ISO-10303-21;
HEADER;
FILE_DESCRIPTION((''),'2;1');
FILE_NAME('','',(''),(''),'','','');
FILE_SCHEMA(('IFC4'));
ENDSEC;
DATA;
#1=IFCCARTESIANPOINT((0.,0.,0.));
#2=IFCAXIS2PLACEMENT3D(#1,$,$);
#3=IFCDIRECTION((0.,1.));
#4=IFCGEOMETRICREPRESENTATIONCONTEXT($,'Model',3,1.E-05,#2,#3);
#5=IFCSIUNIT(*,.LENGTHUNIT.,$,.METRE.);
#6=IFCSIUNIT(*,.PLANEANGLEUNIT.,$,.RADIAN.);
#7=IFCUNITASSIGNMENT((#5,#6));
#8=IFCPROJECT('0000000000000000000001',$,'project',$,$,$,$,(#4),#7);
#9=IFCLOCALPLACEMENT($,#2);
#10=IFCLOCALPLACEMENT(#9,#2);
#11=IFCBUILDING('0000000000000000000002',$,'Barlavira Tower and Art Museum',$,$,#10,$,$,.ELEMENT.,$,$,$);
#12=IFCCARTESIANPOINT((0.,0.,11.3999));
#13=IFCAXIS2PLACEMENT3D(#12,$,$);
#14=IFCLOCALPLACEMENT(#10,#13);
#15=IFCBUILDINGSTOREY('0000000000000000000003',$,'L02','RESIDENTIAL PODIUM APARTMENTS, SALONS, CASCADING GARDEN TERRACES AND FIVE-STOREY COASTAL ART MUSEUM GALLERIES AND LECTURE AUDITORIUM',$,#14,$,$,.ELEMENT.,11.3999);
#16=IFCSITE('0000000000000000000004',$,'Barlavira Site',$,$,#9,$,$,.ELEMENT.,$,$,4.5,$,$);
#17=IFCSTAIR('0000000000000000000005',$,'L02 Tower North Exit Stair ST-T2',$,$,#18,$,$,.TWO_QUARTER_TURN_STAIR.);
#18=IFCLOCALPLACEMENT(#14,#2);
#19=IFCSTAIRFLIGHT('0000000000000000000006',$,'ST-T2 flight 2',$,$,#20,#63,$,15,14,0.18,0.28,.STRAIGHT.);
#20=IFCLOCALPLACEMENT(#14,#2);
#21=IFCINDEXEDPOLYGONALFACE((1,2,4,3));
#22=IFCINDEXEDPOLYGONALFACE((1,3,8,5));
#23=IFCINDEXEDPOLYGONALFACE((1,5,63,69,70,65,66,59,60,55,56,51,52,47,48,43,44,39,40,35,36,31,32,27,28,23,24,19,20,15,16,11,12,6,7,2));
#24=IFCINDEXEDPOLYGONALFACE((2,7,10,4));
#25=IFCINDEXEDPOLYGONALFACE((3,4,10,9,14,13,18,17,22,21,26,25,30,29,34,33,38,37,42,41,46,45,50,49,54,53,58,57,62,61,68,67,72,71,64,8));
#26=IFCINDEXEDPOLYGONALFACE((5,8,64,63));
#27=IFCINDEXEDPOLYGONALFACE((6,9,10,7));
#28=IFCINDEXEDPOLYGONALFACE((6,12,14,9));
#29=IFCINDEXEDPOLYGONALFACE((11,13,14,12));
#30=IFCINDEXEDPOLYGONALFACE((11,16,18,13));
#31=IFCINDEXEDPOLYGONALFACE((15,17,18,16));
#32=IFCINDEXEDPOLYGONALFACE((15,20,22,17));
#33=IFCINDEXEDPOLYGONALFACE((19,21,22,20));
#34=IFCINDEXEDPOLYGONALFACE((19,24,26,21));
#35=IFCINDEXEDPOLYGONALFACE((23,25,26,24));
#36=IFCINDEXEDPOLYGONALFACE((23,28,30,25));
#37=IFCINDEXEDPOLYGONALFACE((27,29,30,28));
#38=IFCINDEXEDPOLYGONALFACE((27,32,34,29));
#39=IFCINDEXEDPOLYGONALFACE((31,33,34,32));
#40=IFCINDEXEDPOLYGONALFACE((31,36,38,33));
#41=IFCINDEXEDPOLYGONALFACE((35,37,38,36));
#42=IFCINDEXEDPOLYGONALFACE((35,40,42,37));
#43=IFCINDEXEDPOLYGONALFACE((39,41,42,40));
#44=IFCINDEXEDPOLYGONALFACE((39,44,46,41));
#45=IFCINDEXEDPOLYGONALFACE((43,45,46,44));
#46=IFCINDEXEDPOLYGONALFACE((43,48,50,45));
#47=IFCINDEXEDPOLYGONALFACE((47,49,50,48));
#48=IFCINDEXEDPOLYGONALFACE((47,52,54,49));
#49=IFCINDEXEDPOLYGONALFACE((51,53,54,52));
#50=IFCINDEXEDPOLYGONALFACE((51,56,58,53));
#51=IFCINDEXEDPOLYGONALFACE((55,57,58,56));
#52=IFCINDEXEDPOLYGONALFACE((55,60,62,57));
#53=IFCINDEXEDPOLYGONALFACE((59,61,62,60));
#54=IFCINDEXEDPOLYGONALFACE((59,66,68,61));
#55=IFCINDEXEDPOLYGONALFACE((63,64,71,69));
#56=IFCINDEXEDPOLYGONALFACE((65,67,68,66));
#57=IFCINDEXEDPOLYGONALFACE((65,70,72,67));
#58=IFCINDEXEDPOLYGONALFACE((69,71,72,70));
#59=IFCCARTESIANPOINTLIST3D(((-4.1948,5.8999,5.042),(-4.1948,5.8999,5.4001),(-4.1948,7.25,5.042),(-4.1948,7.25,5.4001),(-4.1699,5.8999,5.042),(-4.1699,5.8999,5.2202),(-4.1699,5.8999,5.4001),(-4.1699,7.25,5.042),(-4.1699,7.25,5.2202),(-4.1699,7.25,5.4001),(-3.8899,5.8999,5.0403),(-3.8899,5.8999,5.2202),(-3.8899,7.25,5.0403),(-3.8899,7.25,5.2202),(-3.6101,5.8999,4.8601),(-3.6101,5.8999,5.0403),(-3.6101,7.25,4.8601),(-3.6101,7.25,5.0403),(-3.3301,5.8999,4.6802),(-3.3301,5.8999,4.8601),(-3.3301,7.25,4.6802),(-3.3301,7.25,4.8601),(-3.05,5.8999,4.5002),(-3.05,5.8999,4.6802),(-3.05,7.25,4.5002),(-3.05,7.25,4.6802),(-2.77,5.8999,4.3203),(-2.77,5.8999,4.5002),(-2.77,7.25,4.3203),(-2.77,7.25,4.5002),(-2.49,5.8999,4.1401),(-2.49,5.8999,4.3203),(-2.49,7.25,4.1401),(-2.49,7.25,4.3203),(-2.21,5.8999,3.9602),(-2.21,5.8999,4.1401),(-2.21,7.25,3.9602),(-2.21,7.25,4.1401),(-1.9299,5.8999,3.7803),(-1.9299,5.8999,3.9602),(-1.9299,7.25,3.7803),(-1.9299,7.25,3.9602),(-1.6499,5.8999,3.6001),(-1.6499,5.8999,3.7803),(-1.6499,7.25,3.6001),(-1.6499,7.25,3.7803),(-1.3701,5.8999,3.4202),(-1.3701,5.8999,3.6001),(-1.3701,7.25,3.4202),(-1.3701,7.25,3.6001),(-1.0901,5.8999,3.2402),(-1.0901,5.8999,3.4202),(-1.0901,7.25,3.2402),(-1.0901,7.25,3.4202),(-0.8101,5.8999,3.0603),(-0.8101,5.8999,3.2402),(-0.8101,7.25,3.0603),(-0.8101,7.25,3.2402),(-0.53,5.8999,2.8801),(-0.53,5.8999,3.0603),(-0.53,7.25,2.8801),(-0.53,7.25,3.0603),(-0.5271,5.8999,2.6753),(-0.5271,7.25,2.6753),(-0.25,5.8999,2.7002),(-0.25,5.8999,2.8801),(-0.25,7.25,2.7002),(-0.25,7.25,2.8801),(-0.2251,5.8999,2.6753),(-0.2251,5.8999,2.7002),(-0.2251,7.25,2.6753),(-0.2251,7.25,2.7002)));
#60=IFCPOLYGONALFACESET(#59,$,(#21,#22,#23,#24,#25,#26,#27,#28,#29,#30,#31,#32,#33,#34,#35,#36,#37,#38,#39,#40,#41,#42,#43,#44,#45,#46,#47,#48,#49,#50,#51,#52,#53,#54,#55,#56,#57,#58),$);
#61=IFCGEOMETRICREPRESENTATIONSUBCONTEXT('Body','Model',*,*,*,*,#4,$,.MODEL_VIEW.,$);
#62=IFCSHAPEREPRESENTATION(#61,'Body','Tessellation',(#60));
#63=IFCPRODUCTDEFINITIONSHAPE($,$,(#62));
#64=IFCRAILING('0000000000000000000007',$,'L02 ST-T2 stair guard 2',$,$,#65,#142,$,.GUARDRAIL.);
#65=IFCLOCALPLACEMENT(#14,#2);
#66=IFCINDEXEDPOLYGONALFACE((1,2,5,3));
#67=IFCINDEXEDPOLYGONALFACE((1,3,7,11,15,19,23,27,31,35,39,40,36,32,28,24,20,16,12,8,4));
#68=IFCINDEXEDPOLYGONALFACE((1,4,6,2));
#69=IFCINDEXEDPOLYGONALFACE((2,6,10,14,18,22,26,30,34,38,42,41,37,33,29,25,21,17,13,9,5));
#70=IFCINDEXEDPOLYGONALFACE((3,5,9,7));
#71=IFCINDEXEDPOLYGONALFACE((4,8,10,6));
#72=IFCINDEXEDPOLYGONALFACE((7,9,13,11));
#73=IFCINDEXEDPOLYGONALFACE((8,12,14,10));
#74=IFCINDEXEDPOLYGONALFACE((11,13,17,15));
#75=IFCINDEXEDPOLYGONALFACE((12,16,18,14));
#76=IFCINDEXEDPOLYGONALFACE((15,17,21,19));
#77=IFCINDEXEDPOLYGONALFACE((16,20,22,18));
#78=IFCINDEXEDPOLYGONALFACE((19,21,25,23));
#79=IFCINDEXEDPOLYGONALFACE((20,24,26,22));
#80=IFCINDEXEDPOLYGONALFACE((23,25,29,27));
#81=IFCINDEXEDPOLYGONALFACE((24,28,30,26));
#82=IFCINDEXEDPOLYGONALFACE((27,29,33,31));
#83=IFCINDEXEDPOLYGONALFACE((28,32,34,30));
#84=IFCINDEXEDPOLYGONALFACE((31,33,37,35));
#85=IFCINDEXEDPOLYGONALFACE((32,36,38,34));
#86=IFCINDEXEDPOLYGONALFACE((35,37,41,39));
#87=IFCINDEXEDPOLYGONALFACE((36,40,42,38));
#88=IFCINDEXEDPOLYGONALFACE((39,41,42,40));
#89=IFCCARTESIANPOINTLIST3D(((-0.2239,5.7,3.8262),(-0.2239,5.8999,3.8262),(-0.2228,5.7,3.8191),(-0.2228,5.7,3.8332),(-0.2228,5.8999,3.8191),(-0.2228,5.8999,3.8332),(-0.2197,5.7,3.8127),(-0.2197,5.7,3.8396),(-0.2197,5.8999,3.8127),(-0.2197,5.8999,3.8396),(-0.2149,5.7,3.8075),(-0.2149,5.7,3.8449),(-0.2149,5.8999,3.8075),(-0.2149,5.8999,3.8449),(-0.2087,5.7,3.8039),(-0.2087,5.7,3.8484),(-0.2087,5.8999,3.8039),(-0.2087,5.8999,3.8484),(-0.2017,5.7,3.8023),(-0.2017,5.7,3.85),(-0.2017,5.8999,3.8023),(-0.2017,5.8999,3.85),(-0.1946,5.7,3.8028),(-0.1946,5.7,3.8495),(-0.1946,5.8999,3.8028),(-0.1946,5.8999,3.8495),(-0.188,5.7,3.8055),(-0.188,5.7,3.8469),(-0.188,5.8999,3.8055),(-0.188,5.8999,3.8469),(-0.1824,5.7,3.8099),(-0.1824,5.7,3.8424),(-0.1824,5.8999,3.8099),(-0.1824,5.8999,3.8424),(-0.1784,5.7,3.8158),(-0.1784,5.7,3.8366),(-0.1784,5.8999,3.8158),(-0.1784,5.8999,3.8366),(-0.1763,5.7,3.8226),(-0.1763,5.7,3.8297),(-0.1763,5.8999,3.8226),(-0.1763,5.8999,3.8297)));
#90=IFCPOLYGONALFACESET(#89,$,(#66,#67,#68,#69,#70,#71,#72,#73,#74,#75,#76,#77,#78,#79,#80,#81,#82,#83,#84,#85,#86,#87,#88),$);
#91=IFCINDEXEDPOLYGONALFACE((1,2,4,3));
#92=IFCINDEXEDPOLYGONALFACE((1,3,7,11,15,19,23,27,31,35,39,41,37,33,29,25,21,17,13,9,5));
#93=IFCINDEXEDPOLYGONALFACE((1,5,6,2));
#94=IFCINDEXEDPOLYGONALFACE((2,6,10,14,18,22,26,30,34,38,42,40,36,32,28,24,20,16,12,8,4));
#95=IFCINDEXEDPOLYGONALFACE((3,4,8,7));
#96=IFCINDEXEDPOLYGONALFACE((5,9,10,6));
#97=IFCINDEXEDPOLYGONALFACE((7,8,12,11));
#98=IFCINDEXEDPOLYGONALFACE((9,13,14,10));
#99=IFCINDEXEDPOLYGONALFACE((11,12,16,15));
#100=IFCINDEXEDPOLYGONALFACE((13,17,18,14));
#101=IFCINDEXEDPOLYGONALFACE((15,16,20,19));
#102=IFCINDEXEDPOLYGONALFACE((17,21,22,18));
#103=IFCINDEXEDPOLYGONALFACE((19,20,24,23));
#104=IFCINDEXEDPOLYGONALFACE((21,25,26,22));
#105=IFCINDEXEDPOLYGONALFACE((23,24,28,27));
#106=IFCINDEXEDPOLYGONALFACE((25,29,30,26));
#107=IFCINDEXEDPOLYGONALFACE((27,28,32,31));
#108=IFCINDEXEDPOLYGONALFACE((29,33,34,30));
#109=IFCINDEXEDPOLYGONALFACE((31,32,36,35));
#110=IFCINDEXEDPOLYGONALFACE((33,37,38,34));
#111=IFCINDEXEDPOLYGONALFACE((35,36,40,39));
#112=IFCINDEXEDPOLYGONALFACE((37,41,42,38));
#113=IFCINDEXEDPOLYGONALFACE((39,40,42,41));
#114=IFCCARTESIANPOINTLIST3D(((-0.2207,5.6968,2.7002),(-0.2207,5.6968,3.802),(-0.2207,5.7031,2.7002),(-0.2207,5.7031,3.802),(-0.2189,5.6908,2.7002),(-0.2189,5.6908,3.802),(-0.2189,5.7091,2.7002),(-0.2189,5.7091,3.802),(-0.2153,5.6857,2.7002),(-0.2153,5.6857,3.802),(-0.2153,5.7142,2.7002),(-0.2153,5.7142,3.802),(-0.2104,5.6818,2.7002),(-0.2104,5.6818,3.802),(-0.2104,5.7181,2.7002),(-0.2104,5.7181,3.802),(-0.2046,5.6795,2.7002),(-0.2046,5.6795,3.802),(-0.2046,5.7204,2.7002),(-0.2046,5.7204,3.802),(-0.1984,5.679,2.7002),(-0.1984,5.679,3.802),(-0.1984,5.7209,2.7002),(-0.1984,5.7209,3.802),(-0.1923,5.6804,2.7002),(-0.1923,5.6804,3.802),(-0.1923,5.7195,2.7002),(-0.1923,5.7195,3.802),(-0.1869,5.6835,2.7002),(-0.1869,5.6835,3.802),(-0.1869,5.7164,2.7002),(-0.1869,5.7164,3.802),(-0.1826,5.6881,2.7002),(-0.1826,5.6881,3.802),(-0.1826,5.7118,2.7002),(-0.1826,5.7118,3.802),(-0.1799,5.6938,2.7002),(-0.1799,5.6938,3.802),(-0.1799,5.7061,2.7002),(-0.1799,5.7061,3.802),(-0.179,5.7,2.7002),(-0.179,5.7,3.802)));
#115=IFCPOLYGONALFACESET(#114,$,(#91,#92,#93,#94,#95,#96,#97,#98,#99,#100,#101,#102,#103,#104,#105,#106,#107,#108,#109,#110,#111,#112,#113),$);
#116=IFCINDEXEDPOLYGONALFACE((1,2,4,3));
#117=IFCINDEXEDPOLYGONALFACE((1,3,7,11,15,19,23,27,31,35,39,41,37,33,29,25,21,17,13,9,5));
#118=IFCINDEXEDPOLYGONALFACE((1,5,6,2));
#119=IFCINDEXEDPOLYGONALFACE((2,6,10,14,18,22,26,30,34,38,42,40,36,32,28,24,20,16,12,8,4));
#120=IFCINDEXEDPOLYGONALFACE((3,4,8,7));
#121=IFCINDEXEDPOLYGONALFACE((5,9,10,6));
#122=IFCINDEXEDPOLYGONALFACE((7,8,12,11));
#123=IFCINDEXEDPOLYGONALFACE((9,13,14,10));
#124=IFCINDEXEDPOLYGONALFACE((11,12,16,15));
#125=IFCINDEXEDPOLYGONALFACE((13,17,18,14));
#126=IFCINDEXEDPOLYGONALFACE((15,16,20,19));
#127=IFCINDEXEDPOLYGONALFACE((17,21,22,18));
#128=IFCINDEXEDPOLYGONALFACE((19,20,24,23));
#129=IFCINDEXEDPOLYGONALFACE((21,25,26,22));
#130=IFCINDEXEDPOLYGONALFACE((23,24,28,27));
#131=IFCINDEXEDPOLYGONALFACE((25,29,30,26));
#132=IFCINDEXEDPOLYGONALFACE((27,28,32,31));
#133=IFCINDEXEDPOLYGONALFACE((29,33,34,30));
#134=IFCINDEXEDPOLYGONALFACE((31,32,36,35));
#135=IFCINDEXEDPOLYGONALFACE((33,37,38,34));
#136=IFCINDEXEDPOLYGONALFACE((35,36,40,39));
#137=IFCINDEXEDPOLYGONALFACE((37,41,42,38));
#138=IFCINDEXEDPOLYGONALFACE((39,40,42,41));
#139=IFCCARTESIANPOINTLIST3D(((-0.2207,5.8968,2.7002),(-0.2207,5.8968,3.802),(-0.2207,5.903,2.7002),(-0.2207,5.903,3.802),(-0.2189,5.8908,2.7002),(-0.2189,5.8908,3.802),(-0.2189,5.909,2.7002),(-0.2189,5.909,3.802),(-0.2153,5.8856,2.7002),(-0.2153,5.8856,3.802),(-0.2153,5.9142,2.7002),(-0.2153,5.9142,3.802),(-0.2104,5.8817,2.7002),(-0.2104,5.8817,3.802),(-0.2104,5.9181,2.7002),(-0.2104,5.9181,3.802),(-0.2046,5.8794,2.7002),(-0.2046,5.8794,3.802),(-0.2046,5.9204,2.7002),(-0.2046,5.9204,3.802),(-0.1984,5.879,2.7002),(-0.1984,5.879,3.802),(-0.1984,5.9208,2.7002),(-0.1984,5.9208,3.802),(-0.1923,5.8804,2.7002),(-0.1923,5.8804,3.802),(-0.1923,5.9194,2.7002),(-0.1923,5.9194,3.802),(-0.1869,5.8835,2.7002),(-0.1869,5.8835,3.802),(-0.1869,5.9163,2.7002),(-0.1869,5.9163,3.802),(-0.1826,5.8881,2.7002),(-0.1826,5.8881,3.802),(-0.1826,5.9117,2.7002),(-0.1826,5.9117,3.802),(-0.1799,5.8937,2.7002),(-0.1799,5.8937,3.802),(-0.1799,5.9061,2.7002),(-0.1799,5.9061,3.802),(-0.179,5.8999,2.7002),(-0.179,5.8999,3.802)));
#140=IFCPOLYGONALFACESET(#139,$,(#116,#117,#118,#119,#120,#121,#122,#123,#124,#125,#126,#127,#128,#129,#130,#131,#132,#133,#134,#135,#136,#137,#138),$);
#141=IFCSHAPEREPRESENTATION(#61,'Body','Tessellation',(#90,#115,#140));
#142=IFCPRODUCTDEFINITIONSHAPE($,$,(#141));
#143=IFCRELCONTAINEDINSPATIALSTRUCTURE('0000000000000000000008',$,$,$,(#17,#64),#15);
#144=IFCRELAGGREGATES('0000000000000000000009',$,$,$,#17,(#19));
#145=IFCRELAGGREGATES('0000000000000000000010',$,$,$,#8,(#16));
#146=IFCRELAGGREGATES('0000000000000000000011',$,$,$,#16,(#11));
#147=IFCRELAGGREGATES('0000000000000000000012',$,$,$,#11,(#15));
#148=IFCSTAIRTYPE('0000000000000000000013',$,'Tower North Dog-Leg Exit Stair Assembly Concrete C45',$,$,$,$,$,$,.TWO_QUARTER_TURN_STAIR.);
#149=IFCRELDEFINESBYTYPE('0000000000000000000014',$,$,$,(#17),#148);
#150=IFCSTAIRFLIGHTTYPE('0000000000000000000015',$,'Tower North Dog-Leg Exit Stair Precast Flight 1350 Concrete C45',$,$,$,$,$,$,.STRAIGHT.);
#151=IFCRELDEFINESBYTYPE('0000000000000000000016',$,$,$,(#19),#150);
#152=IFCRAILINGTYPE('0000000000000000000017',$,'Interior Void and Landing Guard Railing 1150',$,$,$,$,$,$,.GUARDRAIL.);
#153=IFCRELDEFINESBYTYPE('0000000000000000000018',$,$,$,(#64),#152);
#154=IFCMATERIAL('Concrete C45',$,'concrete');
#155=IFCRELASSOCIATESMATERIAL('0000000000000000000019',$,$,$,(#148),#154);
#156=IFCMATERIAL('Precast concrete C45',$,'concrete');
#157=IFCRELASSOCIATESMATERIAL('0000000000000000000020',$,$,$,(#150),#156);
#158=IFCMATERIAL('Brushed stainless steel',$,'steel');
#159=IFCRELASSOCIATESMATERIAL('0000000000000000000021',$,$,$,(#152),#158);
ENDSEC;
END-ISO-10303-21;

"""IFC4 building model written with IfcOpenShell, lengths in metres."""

from ifc_helpers import new_model, si_unit, direction, frame, origin, origin_2d, place, context, subcontext, project, spatial, polyline, circle, outline, extrude, material, type_object, element, aggregate, save


model = new_model("IFC4")

# Units and contexts
model_context = context("Model", 3, precision=1e-05, world=origin(), true_north=direction((0.0, 1.0)))
body_context = subcontext(model_context, "Body", "Model", "MODEL_VIEW")
ifc_project = project(units=[si_unit("LENGTHUNIT", "METRE"), si_unit("PLANEANGLEUNIT", "RADIAN")], contexts=[model_context])

# Site, building, storey
site_placement = place(None, origin())
site = spatial("IfcSite", under=ifc_project, at=site_placement, Name="Barlavira Site", CompositionType="ELEMENT", RefElevation=4.5)
building_placement = place(site_placement, origin())
building = spatial("IfcBuilding", under=site, at=building_placement, Name="Barlavira Tower and Art Museum", CompositionType="ELEMENT")
storey_placement = place(building_placement, frame((0.0, 0.0, 11.3999)))
storey = spatial("IfcBuildingStorey", under=building, at=storey_placement, Name="L02", Description="RESIDENTIAL PODIUM APARTMENTS, SALONS, CASCADING GARDEN TERRACES AND FIVE-STOREY COASTAL ART MUSEUM GALLERIES AND LECTURE AUDITORIUM", CompositionType="ELEMENT", Elevation=11.3999)

# Shared definitions
ifc_material_1 = material(Name="Concrete C45", Category="concrete")

# Shared definitions
ifc_material_2 = material(Name="Brushed stainless steel", Category="steel")

# Stair, stair flight
stair_type_1 = type_object("IfcStairType", Name="Tower North Dog-Leg Exit Stair Assembly Concrete C45", PredefinedType="TWO_QUARTER_TURN_STAIR", material=ifc_material_1)
stair_1_placement = place(storey_placement, origin())
stair_1 = element("IfcStair", 1, at=stair_1_placement, inside=storey, type_object=stair_type_1, Name="L02 Tower North Exit Stair ST-T2", PredefinedType="TWO_QUARTER_TURN_STAIR")
ifc_material_3 = material(Name="Precast concrete C45", Category="concrete")
stair_flight_type = type_object("IfcStairFlightType", Name="Tower North Dog-Leg Exit Stair Precast Flight 1350 Concrete C45", PredefinedType="STRAIGHT", material=ifc_material_3)
stair_flight_placement = place(storey_placement, frame((-0.25, 6.575, 2.7002), z_axis=(0.0, 0.0, 1.0), x_axis=(-1.0, 0.0, 0.0)))
stair_flight = element("IfcStairFlight", 2, at=stair_flight_placement, type_object=stair_flight_type, Name="ST-T2 flight 2", NumberOfRisers=15, NumberOfTreads=14, PredefinedType="STRAIGHT", RiserHeight=0.18, TreadLength=0.28, context=body_context, shape_type="SweptSolid", body=[
    extrude(outline(polyline([(-0.0249, 0.0), (0.0, 0.0), (0.0, 0.1799), (0.28, 0.1799), (0.28, 0.3601), (0.5601, 0.3601), (0.5601, 0.54), (0.8401, 0.54), (0.8401, 0.72), (1.1201, 0.72), (1.1201, 0.8999), (1.3999, 0.8999), (1.3999, 1.0801), (1.6799, 1.0801), (1.6799, 1.26), (1.96, 1.26), (1.96, 1.4399), (2.24, 1.4399), (2.24, 1.6201), (2.52, 1.6201), (2.52, 1.8), (2.8, 1.8), (2.8, 1.98), (3.0801, 1.98), (3.0801, 2.1599), (3.3601, 2.1599), (3.3601, 2.3401), (3.6399, 2.3401), (3.6399, 2.52), (3.9199, 2.52), (3.9199, 2.7), (3.9448, 2.7), (3.9448, 2.3418), (3.9199, 2.3418), (0.2771, -0.0249), (-0.0249, -0.0249), (-0.0249, 0.0)])), frame((0.0, 0.675, 0.0), z_axis=(0.0, -1.0, 0.0), x_axis=(1.0, 0.0, 0.0)), (0.0, 0.0, 1.0), 1.3501),
])
aggregate(stair_1, [stair_flight])

# Railing
railing_type_1 = type_object("IfcRailingType", Name="Interior Void and Landing Guard Railing 1150", PredefinedType="GUARDRAIL", material=ifc_material_2)
railing_1_placement = place(storey_placement, frame((-0.2, 5.7, 2.7002)))
element("IfcRailing", 3, at=railing_1_placement, inside=storey, type_object=railing_type_1, Name="L02 ST-T2 stair guard 2", PredefinedType="GUARDRAIL", context=body_context, shape_type="SweptSolid", body=[
    extrude(circle(Radius=0.0239, at=origin_2d()), frame((0.0, 0.0, 1.126), z_axis=(0.0, 1.0, 0.0), x_axis=(-1.0, 0.0, 0.0)), (0.0, 0.0, 1.0), 0.2),
    extrude(circle(Radius=0.021, at=origin_2d()), origin(), (0.0, 0.0, 1.0), 1.1018),
    extrude(circle(Radius=0.021, at=origin_2d()), frame((0.0, 0.2, 0.0)), (0.0, 0.0, 1.0), 1.1018),
])

save(model, "model.ifc")
